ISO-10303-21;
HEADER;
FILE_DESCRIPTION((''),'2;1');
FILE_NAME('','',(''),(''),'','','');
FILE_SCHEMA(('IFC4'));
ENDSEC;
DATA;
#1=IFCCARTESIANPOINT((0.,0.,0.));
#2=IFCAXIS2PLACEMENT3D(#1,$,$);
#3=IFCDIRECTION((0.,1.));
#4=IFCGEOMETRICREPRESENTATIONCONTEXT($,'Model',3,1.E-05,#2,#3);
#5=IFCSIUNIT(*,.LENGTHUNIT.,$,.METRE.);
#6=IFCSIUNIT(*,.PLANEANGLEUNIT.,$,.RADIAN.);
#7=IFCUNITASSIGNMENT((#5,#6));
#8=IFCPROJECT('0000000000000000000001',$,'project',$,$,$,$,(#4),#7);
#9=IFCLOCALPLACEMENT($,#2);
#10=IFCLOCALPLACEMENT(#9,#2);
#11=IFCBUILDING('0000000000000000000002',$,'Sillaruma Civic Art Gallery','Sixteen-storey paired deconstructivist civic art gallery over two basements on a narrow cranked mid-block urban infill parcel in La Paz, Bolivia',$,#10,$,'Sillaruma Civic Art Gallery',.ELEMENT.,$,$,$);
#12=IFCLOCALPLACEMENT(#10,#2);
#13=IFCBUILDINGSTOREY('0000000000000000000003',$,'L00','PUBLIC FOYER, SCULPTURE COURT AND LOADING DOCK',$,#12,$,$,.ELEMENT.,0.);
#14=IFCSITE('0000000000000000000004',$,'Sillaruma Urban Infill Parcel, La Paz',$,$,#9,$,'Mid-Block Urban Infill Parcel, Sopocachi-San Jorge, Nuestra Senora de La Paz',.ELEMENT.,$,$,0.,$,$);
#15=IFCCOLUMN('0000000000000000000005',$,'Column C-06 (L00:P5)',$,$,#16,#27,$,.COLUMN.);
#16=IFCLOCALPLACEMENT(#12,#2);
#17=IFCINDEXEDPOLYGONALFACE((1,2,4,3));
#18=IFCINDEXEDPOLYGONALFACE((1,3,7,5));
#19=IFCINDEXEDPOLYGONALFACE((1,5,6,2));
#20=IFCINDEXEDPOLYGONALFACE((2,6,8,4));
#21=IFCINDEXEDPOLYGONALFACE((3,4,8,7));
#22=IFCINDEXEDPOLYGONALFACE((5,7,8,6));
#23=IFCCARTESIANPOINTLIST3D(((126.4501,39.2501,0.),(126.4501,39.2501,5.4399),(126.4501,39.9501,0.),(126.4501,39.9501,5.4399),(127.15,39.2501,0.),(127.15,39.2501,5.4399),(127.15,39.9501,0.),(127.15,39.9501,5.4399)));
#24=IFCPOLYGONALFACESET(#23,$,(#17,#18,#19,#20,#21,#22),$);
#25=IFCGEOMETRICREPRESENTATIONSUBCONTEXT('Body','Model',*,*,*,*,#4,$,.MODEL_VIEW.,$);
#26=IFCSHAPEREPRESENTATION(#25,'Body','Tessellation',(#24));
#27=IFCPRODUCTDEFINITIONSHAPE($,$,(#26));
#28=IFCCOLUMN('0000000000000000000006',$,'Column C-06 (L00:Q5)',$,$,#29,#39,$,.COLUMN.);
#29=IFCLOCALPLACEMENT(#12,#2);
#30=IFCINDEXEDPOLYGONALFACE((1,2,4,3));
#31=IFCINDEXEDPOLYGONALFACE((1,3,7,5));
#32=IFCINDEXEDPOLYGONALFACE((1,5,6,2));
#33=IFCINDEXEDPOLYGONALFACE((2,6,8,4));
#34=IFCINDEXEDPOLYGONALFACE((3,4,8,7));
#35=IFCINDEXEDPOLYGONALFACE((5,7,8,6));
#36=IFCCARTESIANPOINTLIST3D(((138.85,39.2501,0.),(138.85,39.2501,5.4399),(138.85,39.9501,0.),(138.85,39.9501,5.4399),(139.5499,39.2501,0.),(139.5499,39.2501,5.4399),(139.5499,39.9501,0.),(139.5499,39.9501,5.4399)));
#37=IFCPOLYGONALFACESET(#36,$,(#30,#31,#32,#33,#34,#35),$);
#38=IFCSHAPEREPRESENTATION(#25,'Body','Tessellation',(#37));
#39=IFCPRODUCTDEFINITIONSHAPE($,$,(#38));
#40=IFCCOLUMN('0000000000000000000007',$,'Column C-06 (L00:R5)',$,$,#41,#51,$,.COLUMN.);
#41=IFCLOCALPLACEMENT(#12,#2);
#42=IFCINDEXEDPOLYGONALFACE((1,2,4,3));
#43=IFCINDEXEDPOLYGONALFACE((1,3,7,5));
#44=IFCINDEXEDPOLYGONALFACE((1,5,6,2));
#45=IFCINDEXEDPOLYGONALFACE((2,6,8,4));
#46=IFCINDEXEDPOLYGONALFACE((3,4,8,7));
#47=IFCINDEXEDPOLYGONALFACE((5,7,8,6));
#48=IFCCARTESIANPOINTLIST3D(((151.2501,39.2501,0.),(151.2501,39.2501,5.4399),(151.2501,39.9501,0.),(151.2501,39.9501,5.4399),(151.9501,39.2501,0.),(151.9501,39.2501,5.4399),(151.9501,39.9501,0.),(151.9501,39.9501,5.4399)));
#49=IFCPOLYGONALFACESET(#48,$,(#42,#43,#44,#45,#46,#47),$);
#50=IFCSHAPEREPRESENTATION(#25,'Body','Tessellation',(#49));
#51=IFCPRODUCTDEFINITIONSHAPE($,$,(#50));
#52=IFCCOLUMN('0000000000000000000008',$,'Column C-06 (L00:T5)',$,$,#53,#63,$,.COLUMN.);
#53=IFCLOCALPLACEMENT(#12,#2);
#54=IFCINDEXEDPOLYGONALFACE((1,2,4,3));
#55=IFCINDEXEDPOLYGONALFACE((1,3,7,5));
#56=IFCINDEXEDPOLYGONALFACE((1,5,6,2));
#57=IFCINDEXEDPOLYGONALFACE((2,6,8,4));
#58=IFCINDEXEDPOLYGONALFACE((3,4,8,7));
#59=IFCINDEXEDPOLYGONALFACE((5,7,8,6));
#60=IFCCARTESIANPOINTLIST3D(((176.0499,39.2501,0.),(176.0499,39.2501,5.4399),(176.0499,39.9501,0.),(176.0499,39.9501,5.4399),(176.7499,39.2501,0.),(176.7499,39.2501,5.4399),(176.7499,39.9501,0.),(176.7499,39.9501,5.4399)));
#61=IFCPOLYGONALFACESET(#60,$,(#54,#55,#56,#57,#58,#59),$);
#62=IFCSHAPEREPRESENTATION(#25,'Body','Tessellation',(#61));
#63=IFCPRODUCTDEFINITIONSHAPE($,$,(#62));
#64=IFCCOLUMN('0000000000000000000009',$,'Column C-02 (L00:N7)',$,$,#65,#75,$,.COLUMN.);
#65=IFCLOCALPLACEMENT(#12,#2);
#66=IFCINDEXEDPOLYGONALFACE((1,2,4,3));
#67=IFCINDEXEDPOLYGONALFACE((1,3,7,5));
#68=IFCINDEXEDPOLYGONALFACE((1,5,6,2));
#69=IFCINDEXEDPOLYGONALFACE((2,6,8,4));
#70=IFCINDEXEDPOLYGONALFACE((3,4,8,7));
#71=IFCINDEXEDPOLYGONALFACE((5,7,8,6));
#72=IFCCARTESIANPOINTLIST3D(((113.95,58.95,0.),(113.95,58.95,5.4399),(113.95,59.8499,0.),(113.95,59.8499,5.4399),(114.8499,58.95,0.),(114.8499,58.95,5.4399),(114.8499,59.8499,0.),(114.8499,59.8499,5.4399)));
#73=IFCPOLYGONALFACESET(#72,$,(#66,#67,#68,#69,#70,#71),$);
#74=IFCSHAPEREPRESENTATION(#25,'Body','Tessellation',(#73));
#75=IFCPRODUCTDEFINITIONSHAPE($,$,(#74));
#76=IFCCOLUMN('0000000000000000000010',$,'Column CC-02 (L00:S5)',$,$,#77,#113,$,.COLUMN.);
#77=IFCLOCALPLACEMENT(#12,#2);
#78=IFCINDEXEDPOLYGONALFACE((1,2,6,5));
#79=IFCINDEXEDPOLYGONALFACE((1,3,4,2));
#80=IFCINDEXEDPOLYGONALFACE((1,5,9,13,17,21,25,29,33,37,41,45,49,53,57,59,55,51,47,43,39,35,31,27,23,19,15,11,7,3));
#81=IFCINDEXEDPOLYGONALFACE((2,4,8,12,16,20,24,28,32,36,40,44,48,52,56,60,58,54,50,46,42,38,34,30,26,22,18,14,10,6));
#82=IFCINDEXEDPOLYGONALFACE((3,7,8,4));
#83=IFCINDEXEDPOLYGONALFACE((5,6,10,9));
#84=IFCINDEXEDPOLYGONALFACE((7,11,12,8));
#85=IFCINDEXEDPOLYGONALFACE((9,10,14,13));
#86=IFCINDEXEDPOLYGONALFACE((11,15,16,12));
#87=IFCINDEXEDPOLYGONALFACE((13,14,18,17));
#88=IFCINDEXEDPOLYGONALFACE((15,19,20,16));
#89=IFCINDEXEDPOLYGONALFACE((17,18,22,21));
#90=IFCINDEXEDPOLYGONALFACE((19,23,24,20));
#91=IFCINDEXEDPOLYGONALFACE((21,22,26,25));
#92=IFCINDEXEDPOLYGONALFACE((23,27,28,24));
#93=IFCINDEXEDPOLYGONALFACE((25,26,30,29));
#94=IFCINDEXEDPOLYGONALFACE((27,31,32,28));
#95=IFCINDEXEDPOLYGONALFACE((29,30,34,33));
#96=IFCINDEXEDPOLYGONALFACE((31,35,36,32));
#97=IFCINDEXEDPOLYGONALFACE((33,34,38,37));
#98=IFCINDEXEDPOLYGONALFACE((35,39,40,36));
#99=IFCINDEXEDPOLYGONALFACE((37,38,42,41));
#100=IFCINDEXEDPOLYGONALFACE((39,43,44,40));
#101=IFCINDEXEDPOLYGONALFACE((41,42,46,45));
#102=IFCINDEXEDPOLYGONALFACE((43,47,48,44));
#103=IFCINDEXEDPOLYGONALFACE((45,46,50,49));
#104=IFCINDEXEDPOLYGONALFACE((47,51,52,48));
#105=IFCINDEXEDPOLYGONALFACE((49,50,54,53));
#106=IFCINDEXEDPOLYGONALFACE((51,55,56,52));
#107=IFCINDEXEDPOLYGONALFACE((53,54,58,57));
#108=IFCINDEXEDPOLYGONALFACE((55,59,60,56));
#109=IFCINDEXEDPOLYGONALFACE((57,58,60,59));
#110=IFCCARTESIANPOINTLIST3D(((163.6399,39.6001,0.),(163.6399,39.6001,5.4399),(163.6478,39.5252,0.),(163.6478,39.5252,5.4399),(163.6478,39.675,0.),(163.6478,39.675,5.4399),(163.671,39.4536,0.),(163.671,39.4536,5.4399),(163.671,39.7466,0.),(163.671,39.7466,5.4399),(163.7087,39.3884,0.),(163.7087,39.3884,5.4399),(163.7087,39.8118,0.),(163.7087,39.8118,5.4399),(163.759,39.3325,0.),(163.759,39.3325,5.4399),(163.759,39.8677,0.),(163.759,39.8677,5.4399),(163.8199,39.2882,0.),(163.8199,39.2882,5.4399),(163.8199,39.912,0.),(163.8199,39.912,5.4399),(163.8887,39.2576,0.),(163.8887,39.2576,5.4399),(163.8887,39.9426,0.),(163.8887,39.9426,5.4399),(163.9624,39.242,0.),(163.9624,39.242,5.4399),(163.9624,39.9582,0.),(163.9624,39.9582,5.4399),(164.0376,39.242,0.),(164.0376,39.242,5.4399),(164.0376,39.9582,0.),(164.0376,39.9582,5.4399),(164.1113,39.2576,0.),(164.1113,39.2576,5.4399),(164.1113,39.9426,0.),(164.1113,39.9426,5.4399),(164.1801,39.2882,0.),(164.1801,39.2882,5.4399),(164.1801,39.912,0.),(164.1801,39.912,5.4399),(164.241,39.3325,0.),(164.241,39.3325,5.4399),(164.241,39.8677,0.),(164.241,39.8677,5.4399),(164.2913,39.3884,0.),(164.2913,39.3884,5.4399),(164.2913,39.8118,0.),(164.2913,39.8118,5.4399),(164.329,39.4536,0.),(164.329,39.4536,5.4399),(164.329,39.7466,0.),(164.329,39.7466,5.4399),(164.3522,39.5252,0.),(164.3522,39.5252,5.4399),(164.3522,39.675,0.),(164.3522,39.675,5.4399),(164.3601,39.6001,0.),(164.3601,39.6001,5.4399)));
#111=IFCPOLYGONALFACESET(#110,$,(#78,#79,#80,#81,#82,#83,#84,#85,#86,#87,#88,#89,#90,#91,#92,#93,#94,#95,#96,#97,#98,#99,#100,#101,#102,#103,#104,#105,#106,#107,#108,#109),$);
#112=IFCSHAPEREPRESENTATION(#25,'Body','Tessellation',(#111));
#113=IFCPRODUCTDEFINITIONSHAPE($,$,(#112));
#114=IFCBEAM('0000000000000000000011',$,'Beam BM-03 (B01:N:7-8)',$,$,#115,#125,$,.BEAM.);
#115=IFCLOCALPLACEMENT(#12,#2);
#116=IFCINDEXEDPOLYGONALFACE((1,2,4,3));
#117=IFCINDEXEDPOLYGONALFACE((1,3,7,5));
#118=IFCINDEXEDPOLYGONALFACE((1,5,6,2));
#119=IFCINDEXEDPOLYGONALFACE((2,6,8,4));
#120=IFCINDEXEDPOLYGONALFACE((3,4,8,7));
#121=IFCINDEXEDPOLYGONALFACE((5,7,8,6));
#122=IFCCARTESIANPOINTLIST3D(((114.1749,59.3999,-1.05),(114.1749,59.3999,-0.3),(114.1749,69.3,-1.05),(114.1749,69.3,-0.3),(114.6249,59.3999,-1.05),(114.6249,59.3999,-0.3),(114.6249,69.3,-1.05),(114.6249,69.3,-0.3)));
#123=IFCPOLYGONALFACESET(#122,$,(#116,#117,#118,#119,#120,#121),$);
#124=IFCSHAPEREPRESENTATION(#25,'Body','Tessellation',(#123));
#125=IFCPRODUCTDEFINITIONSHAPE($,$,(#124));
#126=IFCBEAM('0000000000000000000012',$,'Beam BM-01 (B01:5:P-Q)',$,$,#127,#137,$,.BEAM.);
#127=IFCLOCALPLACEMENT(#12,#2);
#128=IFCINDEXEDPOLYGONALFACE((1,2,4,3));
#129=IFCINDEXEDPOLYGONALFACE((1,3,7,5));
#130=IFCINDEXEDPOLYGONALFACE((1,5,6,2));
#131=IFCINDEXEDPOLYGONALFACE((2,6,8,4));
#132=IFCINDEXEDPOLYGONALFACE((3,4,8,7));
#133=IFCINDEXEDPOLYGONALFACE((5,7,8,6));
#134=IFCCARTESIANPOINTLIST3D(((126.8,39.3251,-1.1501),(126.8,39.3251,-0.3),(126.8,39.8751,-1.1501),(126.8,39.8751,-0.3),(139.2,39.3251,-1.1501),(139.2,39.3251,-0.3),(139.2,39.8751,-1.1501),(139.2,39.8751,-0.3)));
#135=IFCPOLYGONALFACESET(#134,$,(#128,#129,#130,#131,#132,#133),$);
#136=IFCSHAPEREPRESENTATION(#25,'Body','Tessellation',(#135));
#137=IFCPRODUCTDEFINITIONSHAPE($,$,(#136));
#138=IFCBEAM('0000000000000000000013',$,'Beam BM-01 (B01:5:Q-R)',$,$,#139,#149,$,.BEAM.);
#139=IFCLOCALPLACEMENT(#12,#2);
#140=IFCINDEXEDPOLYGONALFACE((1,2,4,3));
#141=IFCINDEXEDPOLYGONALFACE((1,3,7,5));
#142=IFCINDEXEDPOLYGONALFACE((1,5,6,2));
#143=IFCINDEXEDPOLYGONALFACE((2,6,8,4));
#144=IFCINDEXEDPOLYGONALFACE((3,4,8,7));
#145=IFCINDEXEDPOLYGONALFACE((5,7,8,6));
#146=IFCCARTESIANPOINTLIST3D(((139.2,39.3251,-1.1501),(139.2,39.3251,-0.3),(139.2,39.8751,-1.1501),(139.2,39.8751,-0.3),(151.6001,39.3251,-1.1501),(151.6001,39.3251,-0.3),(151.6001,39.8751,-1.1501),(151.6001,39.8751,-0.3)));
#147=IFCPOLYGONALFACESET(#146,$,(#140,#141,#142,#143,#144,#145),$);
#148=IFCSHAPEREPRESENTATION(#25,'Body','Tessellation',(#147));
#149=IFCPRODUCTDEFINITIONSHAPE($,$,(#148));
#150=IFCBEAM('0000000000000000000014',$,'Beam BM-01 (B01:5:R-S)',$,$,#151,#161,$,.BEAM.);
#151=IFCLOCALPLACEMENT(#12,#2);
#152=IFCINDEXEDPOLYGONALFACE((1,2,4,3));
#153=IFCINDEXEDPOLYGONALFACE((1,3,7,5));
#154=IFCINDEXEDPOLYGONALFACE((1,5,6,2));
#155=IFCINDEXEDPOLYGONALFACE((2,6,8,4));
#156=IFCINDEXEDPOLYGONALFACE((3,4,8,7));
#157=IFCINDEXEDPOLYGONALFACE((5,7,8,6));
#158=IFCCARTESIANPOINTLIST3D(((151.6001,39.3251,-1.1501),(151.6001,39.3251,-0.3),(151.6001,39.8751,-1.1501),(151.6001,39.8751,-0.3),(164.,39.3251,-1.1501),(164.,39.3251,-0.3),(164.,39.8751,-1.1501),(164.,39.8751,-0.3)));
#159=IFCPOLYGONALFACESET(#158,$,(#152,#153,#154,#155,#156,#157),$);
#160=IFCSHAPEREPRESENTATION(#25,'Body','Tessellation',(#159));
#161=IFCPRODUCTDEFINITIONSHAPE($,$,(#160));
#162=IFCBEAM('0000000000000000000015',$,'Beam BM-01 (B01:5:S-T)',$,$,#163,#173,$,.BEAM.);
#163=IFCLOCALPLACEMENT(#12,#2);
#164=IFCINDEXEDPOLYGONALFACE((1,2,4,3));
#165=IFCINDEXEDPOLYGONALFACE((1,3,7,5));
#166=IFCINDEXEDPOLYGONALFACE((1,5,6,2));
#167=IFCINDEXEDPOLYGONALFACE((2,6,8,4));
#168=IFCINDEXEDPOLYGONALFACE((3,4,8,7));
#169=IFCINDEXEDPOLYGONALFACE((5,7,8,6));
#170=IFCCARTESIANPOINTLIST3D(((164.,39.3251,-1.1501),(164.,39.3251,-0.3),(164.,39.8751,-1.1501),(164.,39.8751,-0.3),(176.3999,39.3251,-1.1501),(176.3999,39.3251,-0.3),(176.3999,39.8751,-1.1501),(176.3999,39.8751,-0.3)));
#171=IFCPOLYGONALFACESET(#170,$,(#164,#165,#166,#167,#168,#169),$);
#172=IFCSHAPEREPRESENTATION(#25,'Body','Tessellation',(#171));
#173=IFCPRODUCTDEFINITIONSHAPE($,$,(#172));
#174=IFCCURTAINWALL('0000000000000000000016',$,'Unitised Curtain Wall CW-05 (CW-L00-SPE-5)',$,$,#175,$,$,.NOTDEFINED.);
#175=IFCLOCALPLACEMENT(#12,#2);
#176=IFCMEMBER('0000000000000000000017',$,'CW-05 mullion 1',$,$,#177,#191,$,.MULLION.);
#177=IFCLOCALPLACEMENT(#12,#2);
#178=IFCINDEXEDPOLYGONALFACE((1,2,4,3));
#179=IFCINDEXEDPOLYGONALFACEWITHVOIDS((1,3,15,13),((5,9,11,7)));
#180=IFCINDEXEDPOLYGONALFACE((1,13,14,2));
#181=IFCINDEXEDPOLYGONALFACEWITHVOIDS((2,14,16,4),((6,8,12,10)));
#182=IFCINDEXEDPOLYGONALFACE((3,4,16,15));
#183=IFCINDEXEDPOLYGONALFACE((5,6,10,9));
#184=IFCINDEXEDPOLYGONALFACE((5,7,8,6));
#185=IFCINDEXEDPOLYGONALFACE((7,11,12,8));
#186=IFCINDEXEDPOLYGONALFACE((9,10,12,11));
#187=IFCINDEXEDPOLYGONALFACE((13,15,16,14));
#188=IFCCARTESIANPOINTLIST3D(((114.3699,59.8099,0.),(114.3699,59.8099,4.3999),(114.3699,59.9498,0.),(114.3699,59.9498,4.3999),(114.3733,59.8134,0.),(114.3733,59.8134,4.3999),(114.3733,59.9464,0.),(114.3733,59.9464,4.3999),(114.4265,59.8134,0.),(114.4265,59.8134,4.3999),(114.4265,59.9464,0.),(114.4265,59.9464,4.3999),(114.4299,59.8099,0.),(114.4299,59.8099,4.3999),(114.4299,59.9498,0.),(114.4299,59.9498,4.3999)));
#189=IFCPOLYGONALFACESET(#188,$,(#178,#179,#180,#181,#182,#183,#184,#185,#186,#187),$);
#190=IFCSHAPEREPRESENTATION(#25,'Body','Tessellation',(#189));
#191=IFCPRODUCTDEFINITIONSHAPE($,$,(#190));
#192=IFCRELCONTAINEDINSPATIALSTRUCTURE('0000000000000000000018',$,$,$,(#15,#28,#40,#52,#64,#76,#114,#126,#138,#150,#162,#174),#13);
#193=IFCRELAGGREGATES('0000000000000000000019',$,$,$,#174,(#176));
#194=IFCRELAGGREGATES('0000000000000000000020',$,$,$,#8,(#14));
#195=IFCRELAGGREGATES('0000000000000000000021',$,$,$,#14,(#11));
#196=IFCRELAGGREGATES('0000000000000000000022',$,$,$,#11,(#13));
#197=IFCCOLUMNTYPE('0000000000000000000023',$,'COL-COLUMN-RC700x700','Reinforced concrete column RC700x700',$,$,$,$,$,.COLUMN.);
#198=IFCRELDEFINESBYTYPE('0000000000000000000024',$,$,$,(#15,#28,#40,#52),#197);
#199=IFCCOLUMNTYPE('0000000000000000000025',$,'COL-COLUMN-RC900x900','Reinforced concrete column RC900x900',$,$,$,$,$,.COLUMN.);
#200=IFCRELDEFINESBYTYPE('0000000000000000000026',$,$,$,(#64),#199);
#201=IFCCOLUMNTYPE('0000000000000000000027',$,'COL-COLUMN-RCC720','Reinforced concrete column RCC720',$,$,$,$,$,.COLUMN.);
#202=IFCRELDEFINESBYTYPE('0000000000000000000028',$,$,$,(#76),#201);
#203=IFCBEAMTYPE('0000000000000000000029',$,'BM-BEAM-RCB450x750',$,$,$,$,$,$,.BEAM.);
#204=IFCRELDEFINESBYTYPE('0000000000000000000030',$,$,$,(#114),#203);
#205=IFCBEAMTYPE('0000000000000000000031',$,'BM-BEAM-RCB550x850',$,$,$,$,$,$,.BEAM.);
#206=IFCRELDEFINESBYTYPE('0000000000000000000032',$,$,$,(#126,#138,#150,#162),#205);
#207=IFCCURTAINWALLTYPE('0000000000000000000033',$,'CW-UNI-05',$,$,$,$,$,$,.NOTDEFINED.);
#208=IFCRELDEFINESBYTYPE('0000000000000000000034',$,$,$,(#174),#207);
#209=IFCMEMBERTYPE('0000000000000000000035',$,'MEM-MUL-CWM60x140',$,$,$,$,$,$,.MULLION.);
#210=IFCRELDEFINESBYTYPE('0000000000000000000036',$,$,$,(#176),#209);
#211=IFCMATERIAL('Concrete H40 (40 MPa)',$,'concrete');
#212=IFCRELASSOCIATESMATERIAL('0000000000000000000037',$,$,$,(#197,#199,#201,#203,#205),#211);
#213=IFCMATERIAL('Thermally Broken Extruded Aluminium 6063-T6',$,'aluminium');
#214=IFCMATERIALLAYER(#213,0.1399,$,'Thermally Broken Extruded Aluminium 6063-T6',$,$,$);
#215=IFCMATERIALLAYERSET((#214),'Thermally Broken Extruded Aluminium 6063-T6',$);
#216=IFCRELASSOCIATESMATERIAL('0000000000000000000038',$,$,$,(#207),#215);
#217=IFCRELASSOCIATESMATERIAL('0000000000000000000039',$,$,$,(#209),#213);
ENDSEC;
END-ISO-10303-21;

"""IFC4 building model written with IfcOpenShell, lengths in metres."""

from ifc_helpers import new_model, si_unit, direction, frame, origin, origin_2d, place, context, subcontext, project, spatial, rectangle, hollow_rectangle, circle, extrude, material, layer, layer_set, material_profile, profile_set, type_object, element, aggregate, save


model = new_model("IFC4")

# Units and contexts
model_context = context("Model", 3, precision=1e-05, world=origin(), true_north=direction((0.0, 1.0)))
body_context = subcontext(model_context, "Body", "Model", "MODEL_VIEW")
ifc_project = project(units=[si_unit("LENGTHUNIT", "METRE"), si_unit("PLANEANGLEUNIT", "RADIAN")], contexts=[model_context])

# Site, building, storey
site_placement = place(None, origin())
site = spatial("IfcSite", under=ifc_project, at=site_placement, Name="Sillaruma Urban Infill Parcel, La Paz", LongName="Mid-Block Urban Infill Parcel, Sopocachi-San Jorge, Nuestra Senora de La Paz", CompositionType="ELEMENT", RefElevation=0.0)
building_placement = place(site_placement, origin())
building = spatial("IfcBuilding", under=site, at=building_placement, Name="Sillaruma Civic Art Gallery", Description="Sixteen-storey paired deconstructivist civic art gallery over two basements on a narrow cranked mid-block urban infill parcel in La Paz, Bolivia", LongName="Sillaruma Civic Art Gallery", CompositionType="ELEMENT")
storey_placement = place(building_placement, origin())
storey = spatial("IfcBuildingStorey", under=building, at=storey_placement, Name="L00", Description="PUBLIC FOYER, SCULPTURE COURT AND LOADING DOCK", CompositionType="ELEMENT", Elevation=0.0)

# Columns
ifc_material_1 = material(Name="Concrete H40 (40 MPa)", Category="concrete")
ifc_material_profile_1 = material_profile(ifc_material_1, rectangle(XDim=0.7, YDim=0.7, at=origin_2d()), Name="RC700x700")
ifc_profile_set_1 = profile_set([ifc_material_profile_1], Name="Concrete H40 (40 MPa)")
column_type_1 = type_object("IfcColumnType", Name="COL-COLUMN-RC700x700", Description="Reinforced concrete column RC700x700", PredefinedType="COLUMN", material=ifc_profile_set_1)
for number, where, z_axis, x_axis, name in (
    (1, (126.8, 39.6001, 0.0), (0.0, 0.0, 1.0), (1.0, 0.0, 0.0), "Column C-06 (L00:P5)"),
    (2, (139.2, 39.6001, 0.0), (0.0, 0.0, 1.0), (1.0, 0.0, 0.0), "Column C-06 (L00:Q5)"),
    (3, (151.6001, 39.6001, 0.0), (0.0, 0.0, 1.0), (1.0, 0.0, 0.0), "Column C-06 (L00:R5)"),
    (4, (176.3999, 39.6001, 0.0), (0.0, 0.0, 1.0), (1.0, 0.0, 0.0), "Column C-06 (L00:T5)"),
):
    element("IfcColumn", number, at=place(storey_placement, frame(where, z_axis=z_axis, x_axis=x_axis)), inside=storey, type_object=column_type_1, Name=name, PredefinedType="COLUMN", context=body_context, shape_type="SweptSolid", body=[
        extrude(rectangle(XDim=0.7, YDim=0.7, at=origin_2d()), origin(), (0.0, 0.0, 1.0), 5.4399),
    ])
ifc_material_profile_2 = material_profile(ifc_material_1, rectangle(XDim=0.8999, YDim=0.8999, at=origin_2d()), Name="RC900x900")
ifc_profile_set_2 = profile_set([ifc_material_profile_2], Name="Concrete H40 (40 MPa)")
column_type_2 = type_object("IfcColumnType", Name="COL-COLUMN-RC900x900", Description="Reinforced concrete column RC900x900", PredefinedType="COLUMN", material=ifc_profile_set_2)
column_1_placement = place(storey_placement, frame((114.3999, 59.3999, 0.0), z_axis=(0.0, 0.0, 1.0), x_axis=(1.0, 0.0, 0.0)))
element("IfcColumn", 5, at=column_1_placement, inside=storey, type_object=column_type_2, Name="Column C-02 (L00:N7)", PredefinedType="COLUMN", context=body_context, shape_type="SweptSolid", body=[
    extrude(rectangle(XDim=0.8999, YDim=0.8999, at=origin_2d()), origin(), (0.0, 0.0, 1.0), 5.4399),
])
ifc_material_profile_3 = material_profile(ifc_material_1, circle(Radius=0.3601, at=origin_2d()), Name="RCC720")
ifc_profile_set_3 = profile_set([ifc_material_profile_3], Name="Concrete H40 (40 MPa)")
column_type_3 = type_object("IfcColumnType", Name="COL-COLUMN-RCC720", Description="Reinforced concrete column RCC720", PredefinedType="COLUMN", material=ifc_profile_set_3)
column_2_placement = place(storey_placement, frame((164.0, 39.6001, 0.0), z_axis=(0.0, 0.0, 1.0), x_axis=(1.0, 0.0, 0.0)))
element("IfcColumn", 6, at=column_2_placement, inside=storey, type_object=column_type_3, Name="Column CC-02 (L00:S5)", PredefinedType="COLUMN", context=body_context, shape_type="SweptSolid", body=[
    extrude(circle(Radius=0.3601, at=origin_2d()), origin(), (0.0, 0.0, 1.0), 5.4399),
])

# Beams
ifc_material_profile_4 = material_profile(ifc_material_1, rectangle(XDim=0.45, YDim=0.75, at=origin_2d()), Name="RCB450x750")
ifc_profile_set_4 = profile_set([ifc_material_profile_4], Name="Concrete H40 (40 MPa)")
beam_type_1 = type_object("IfcBeamType", Name="BM-BEAM-RCB450x750", PredefinedType="BEAM", material=ifc_profile_set_4)
beam_1_placement = place(storey_placement, frame((114.3999, 59.3999, -0.675), z_axis=(0.0, 1.0, 0.0), x_axis=(-1.0, 0.0, 0.0)))
element("IfcBeam", 7, at=beam_1_placement, inside=storey, type_object=beam_type_1, Name="Beam BM-03 (B01:N:7-8)", PredefinedType="BEAM", context=body_context, shape_type="SweptSolid", body=[
    extrude(rectangle(XDim=0.45, YDim=0.75, at=origin_2d()), origin(), (0.0, 0.0, 1.0), 9.9001),
])
ifc_material_profile_5 = material_profile(ifc_material_1, rectangle(XDim=0.55, YDim=0.8501, at=origin_2d()), Name="RCB550x850")
ifc_profile_set_5 = profile_set([ifc_material_profile_5], Name="Concrete H40 (40 MPa)")
beam_type_2 = type_object("IfcBeamType", Name="BM-BEAM-RCB550x850", PredefinedType="BEAM", material=ifc_profile_set_5)
beam_2_placement = place(storey_placement, frame((126.8, 39.6001, -0.7251), z_axis=(1.0, 0.0, 0.0), x_axis=(0.0, 1.0, 0.0)))
element("IfcBeam", 8, at=beam_2_placement, inside=storey, type_object=beam_type_2, Name="Beam BM-01 (B01:5:P-Q)", PredefinedType="BEAM", context=body_context, shape_type="SweptSolid", body=[
    extrude(rectangle(XDim=0.55, YDim=0.8501, at=origin_2d()), origin(), (0.0, 0.0, 1.0), 12.3999),
])
beam_3_placement = place(storey_placement, frame((139.2, 39.6001, -0.7251), z_axis=(1.0, 0.0, 0.0), x_axis=(0.0, 1.0, 0.0)))
element("IfcBeam", 9, at=beam_3_placement, inside=storey, type_object=beam_type_2, Name="Beam BM-01 (B01:5:Q-R)", PredefinedType="BEAM", context=body_context, shape_type="SweptSolid", body=[
    extrude(rectangle(XDim=0.55, YDim=0.8501, at=origin_2d()), origin(), (0.0, 0.0, 1.0), 12.4001),
])
for number, where, z_axis, x_axis, name in (
    (10, (151.6001, 39.6001, -0.7251), (1.0, 0.0, 0.0), (0.0, 1.0, 0.0), "Beam BM-01 (B01:5:R-S)"),
    (11, (164.0, 39.6001, -0.7251), (1.0, 0.0, 0.0), (0.0, 1.0, 0.0), "Beam BM-01 (B01:5:S-T)"),
):
    element("IfcBeam", number, at=place(storey_placement, frame(where, z_axis=z_axis, x_axis=x_axis)), inside=storey, type_object=beam_type_2, Name=name, PredefinedType="BEAM", context=body_context, shape_type="SweptSolid", body=[
        extrude(rectangle(XDim=0.55, YDim=0.8501, at=origin_2d()), origin(), (0.0, 0.0, 1.0), 12.3999),
    ])

# Curtain wall, member
ifc_material_2 = material(Name="Thermally Broken Extruded Aluminium 6063-T6", Category="aluminium")
ifc_layer_1 = layer(ifc_material_2, 0.1399, Name="Thermally Broken Extruded Aluminium 6063-T6")
ifc_layer_set_1 = layer_set([ifc_layer_1], Name="Thermally Broken Extruded Aluminium 6063-T6")
curtain_wall_type_1 = type_object("IfcCurtainWallType", Name="CW-UNI-05", PredefinedType="NOTDEFINED", material=ifc_layer_set_1)
curtain_wall_1_placement = place(storey_placement, origin())
curtain_wall_1 = element("IfcCurtainWall", 12, at=curtain_wall_1_placement, inside=storey, type_object=curtain_wall_type_1, Name="Unitised Curtain Wall CW-05 (CW-L00-SPE-5)", PredefinedType="NOTDEFINED")
ifc_material_profile_6 = material_profile(ifc_material_2, hollow_rectangle(XDim=0.0601, YDim=0.1399, WallThickness=0.0034, at=origin_2d()), Name="CWM60x140")
ifc_profile_set_6 = profile_set([ifc_material_profile_6], Name="Thermally Broken Extruded Aluminium 6063-T6")
member_type_1 = type_object("IfcMemberType", Name="MEM-MUL-CWM60x140", PredefinedType="MULLION", material=ifc_profile_set_6)
member_1_placement = place(storey_placement, frame((114.3999, 59.8799, 0.0), z_axis=(0.0, 0.0, 1.0), x_axis=(-1.0, 0.0, 0.0)))
member_1 = element("IfcMember", 13, at=member_1_placement, type_object=member_type_1, Name="CW-05 mullion 1", PredefinedType="MULLION", context=body_context, shape_type="SweptSolid", body=[
    extrude(hollow_rectangle(XDim=0.0601, YDim=0.1399, WallThickness=0.0034, at=origin_2d()), origin(), (0.0, 0.0, 1.0), 4.3999),
])

aggregate(curtain_wall_1, [member_1])

save(model, "model.ifc")
